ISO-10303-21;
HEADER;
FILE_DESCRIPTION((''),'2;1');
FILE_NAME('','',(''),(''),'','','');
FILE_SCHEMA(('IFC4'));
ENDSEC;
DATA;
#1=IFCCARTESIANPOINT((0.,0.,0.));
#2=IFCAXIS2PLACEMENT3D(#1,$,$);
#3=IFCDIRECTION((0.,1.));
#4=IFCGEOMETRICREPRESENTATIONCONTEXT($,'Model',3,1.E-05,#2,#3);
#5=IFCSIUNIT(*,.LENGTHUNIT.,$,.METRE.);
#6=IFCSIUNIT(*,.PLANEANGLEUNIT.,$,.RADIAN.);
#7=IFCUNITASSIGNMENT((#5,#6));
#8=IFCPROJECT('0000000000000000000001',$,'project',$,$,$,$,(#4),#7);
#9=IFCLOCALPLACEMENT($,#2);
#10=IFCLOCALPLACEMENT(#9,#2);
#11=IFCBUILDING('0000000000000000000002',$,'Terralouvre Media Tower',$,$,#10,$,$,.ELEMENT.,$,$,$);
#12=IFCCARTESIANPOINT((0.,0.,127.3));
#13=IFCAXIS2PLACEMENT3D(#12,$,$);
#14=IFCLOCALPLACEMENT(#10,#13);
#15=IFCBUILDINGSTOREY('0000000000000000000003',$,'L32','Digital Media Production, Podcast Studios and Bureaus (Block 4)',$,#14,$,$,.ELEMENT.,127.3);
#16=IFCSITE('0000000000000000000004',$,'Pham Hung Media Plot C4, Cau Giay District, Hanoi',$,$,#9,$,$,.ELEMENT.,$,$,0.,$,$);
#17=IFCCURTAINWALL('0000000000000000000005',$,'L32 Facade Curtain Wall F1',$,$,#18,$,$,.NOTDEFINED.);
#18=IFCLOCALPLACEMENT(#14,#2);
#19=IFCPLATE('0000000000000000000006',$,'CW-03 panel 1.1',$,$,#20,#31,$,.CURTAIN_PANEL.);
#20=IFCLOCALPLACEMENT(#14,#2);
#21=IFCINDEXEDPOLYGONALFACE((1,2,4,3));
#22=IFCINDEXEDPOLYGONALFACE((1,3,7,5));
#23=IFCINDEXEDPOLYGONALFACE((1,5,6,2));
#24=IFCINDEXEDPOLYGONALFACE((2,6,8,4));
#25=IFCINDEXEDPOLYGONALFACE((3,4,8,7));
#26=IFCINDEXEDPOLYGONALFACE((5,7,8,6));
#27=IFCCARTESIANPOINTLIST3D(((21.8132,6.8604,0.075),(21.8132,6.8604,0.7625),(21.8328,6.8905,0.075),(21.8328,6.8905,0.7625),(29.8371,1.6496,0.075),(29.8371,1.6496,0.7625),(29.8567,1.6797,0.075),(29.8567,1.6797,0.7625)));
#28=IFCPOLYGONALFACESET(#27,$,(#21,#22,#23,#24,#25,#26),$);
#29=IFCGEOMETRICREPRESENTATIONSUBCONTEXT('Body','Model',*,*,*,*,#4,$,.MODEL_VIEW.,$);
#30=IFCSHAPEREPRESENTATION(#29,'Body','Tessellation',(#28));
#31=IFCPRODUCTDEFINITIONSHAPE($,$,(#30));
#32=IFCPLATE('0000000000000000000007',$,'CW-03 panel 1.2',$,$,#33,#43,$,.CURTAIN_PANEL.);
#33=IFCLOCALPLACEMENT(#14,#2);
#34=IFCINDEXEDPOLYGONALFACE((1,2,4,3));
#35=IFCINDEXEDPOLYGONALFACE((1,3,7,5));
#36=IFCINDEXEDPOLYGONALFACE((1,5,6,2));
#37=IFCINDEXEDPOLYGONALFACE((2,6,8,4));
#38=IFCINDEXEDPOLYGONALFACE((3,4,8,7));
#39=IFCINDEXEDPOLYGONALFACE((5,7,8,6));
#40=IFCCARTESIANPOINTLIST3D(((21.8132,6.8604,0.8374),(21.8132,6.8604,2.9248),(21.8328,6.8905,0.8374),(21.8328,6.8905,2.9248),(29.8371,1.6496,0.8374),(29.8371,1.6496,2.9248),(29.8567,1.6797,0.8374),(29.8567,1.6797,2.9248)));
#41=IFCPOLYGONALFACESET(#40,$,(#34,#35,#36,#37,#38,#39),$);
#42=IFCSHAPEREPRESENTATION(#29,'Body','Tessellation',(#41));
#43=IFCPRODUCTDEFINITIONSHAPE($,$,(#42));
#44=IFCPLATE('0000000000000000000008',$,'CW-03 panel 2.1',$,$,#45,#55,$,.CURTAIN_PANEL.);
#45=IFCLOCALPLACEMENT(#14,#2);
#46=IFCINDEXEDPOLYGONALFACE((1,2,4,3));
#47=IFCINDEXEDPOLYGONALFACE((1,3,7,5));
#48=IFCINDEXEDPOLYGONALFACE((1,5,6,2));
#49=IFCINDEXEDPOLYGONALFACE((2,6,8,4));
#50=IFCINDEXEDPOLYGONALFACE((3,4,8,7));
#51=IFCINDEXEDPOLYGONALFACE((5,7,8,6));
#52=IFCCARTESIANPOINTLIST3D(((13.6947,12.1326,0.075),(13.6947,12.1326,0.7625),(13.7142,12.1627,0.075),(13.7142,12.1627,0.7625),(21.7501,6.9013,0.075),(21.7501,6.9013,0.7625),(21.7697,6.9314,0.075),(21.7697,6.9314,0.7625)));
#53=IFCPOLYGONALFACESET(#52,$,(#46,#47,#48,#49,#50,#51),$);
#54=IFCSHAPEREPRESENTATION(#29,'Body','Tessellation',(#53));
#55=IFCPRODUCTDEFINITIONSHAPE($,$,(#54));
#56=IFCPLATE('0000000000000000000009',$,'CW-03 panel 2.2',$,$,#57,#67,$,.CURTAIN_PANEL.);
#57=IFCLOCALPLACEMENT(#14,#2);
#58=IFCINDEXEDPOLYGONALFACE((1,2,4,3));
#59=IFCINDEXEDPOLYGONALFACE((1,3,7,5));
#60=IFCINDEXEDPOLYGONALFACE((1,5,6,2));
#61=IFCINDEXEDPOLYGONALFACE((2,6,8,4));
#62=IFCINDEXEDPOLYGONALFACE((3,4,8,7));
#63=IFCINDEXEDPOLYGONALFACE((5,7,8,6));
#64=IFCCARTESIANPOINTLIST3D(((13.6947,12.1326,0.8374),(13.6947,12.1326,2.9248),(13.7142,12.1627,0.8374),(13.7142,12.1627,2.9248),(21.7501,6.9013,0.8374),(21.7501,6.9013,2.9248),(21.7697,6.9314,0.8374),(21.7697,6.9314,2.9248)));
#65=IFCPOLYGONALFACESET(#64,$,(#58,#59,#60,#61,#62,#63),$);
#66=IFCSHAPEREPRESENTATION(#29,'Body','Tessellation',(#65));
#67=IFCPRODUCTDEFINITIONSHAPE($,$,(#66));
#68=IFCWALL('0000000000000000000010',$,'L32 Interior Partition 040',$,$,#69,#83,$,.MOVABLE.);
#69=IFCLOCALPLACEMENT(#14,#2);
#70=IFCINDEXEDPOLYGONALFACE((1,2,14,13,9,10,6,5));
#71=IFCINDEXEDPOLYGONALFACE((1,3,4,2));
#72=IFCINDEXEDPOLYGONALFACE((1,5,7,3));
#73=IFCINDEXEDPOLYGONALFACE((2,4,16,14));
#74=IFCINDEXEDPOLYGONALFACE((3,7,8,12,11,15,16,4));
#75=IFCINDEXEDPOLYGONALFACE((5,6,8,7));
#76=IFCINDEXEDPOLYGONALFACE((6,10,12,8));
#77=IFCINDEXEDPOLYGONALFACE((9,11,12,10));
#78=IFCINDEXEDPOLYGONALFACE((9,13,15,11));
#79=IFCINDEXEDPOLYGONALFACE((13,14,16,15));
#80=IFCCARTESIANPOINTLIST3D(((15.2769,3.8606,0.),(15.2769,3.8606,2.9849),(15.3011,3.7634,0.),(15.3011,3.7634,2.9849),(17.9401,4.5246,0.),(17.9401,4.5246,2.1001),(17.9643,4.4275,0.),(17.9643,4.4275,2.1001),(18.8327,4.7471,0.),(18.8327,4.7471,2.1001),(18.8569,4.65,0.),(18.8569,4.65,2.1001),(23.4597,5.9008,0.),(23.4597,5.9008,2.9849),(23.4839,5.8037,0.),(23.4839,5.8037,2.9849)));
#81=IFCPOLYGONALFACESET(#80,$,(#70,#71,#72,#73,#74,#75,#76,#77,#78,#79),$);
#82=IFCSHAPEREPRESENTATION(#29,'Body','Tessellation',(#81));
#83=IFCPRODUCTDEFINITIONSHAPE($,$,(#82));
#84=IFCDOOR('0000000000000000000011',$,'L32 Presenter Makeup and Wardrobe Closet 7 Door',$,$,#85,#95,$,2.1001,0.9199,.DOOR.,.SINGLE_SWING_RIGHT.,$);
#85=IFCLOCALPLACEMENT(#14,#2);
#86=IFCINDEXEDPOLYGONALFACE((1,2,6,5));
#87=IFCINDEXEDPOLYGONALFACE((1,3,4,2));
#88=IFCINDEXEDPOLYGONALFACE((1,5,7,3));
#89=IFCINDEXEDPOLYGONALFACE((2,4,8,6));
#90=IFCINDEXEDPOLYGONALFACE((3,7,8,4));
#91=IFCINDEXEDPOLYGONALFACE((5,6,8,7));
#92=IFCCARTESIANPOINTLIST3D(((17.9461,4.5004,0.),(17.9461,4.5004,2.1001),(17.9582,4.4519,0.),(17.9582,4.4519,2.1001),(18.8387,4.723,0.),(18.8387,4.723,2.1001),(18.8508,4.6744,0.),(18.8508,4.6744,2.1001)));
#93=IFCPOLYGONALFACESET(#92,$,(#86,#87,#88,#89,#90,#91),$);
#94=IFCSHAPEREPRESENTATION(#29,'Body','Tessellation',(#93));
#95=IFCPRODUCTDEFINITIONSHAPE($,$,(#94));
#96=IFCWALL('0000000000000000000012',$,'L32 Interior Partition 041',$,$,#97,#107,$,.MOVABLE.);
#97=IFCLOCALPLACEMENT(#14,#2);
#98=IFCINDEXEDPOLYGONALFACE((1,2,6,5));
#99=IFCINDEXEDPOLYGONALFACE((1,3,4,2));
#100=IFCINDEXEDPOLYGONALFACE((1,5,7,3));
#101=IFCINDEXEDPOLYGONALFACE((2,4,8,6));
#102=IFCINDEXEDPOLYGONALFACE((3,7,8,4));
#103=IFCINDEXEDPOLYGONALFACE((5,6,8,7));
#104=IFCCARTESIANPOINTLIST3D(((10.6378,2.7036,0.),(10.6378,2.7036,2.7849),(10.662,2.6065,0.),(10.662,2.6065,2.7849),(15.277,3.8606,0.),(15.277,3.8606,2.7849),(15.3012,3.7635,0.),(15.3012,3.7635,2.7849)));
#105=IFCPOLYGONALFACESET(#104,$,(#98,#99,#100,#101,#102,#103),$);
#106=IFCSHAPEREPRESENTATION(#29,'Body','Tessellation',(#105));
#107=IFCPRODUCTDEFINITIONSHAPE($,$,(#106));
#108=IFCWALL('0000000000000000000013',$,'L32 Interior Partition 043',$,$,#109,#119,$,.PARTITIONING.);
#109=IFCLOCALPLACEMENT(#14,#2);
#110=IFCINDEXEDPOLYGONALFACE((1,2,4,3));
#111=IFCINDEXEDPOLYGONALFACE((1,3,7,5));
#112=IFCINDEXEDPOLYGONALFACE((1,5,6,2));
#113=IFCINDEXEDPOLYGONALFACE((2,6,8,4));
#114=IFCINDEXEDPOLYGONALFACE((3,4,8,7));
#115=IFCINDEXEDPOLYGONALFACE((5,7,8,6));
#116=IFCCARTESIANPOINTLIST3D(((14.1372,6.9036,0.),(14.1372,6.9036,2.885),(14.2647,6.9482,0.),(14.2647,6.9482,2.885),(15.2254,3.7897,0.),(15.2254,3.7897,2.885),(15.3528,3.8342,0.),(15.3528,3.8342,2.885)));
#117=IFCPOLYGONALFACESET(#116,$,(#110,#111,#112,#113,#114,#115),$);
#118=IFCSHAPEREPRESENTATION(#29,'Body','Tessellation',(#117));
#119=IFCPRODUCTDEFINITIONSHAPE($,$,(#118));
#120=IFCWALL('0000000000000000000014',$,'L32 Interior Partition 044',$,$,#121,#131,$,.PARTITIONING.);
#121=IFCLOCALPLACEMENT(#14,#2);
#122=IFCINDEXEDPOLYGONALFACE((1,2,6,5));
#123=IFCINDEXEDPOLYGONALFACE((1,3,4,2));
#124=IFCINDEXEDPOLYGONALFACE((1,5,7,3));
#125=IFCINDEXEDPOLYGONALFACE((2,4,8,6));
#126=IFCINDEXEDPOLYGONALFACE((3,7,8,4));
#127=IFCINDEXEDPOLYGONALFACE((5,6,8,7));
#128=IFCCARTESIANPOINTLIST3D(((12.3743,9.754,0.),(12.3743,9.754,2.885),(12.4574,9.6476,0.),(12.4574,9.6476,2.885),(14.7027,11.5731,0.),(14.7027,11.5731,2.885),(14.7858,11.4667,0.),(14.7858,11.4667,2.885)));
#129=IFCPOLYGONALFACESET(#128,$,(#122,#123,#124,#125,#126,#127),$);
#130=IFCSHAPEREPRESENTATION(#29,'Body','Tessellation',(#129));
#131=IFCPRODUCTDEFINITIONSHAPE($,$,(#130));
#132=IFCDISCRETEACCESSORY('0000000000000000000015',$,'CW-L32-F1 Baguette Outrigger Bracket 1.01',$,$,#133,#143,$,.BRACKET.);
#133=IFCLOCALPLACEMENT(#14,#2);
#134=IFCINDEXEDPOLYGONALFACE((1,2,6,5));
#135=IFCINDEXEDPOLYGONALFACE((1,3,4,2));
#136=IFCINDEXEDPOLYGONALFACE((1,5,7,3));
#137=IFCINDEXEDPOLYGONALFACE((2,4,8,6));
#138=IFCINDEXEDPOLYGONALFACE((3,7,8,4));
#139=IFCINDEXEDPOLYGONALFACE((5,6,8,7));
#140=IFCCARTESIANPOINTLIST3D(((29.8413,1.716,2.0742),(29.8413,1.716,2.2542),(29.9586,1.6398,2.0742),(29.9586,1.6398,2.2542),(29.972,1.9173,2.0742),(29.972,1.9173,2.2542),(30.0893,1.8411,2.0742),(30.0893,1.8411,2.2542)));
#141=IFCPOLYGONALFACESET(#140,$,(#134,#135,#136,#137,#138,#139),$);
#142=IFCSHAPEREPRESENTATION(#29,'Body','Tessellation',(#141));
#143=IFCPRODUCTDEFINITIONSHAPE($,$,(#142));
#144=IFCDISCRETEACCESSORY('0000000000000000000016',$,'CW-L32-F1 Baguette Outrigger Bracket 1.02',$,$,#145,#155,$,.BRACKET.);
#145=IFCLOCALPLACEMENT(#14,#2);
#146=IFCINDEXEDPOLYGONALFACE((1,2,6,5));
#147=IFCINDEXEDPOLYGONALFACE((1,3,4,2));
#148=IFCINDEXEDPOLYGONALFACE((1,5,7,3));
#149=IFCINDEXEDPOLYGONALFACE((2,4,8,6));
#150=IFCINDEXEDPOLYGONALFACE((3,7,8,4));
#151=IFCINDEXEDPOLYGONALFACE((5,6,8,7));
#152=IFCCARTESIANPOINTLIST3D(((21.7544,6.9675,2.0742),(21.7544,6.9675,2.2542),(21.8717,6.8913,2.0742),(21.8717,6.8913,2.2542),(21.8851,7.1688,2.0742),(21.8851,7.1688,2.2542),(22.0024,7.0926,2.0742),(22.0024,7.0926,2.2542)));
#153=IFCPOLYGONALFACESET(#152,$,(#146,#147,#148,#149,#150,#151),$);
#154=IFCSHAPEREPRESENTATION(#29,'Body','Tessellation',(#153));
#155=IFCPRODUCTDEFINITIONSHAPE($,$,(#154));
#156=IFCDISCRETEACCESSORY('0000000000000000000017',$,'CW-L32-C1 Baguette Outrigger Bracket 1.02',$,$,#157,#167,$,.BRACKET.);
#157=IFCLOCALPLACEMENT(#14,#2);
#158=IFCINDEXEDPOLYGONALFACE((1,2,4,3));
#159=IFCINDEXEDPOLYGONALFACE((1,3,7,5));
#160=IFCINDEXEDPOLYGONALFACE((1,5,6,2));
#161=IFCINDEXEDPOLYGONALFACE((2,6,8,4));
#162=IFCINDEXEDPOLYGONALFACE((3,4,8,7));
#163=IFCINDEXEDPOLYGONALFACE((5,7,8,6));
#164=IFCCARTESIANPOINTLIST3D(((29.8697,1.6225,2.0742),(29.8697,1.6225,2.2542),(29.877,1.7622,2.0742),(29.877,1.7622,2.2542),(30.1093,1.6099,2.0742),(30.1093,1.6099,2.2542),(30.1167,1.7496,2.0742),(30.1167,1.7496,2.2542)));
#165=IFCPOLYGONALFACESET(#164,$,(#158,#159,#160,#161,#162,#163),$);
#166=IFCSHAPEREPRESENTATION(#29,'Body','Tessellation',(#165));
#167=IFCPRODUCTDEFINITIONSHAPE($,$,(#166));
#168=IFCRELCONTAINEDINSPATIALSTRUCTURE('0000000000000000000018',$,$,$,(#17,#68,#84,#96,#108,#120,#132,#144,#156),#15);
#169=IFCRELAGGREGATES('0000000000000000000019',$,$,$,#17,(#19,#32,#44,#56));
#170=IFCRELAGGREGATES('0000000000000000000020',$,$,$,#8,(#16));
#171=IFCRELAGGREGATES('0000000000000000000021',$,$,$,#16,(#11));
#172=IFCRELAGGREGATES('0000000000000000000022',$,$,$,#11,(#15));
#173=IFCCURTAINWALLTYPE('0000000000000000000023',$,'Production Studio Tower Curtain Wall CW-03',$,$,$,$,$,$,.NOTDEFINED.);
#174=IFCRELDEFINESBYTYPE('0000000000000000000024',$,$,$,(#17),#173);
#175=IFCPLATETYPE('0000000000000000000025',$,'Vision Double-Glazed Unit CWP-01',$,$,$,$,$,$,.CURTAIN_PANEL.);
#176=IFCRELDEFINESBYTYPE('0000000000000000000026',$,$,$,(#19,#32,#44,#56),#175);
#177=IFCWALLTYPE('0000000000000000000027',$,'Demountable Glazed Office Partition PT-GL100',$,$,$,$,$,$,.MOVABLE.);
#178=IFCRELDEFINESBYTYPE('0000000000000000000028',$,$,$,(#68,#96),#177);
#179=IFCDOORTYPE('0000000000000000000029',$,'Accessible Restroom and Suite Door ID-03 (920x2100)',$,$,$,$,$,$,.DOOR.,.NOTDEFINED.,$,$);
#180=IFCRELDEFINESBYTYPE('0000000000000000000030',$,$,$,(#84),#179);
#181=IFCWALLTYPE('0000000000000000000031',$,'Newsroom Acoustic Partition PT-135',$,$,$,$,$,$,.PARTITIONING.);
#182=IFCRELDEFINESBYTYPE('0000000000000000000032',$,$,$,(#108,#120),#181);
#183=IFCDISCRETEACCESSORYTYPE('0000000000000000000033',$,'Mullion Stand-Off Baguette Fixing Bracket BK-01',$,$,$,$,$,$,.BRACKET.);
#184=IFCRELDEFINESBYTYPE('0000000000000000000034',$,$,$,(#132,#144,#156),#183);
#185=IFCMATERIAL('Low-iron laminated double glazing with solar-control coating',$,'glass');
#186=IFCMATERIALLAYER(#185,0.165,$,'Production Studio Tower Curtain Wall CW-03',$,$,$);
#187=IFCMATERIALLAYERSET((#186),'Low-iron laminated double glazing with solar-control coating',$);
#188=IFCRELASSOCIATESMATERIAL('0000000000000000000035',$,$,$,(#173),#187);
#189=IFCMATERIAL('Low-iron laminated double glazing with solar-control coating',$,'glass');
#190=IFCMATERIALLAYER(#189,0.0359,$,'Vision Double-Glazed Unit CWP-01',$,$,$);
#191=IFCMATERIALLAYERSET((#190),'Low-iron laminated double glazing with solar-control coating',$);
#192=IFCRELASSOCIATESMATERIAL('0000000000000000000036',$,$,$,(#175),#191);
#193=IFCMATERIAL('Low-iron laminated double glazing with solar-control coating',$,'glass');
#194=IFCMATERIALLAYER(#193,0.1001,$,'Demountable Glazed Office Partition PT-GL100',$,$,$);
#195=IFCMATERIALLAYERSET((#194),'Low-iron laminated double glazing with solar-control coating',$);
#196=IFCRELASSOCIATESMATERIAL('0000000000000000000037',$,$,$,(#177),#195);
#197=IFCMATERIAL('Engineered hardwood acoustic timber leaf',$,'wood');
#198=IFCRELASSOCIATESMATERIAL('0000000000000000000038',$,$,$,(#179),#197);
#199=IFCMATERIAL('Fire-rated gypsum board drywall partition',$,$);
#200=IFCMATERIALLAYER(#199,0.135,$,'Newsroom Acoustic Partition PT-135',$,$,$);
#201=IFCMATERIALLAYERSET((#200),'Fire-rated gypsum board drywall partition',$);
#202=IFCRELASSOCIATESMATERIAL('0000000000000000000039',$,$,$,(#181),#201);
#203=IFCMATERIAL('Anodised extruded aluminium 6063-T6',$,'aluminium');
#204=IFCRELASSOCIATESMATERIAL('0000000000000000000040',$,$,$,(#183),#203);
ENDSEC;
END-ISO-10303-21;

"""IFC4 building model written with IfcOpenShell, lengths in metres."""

from ifc_helpers import new_model, si_unit, direction, frame, frame_2d, origin, origin_2d, place, context, subcontext, project, spatial, rectangle, extrude, material, layer, layer_set, type_object, element, fill, aggregate, save


model = new_model("IFC4")

# Units and contexts
model_context = context("Model", 3, precision=1e-05, world=origin(), true_north=direction((0.0, 1.0)))
body_context = subcontext(model_context, "Body", "Model", "MODEL_VIEW")
ifc_project = project(units=[si_unit("LENGTHUNIT", "METRE"), si_unit("PLANEANGLEUNIT", "RADIAN")], contexts=[model_context])

# Site, building, storey
site_placement = place(None, origin())
site = spatial("IfcSite", under=ifc_project, at=site_placement, Name="Pham Hung Media Plot C4, Cau Giay District, Hanoi", CompositionType="ELEMENT", RefElevation=0.0)
building_placement = place(site_placement, origin())
building = spatial("IfcBuilding", under=site, at=building_placement, Name="Terralouvre Media Tower", CompositionType="ELEMENT")
storey_placement = place(building_placement, frame((0.0, 0.0, 127.3)))
storey = spatial("IfcBuildingStorey", under=building, at=storey_placement, Name="L32", Description="Digital Media Production, Podcast Studios and Bureaus (Block 4)", CompositionType="ELEMENT", Elevation=127.3)

# Curtain wall
ifc_material_1 = material(Name="Low-iron laminated double glazing with solar-control coating", Category="glass")
ifc_layer_1 = layer(ifc_material_1, 0.165, Name="Production Studio Tower Curtain Wall CW-03")
ifc_layer_set_1 = layer_set([ifc_layer_1], Name="Low-iron laminated double glazing with solar-control coating")
curtain_wall_type_1 = type_object("IfcCurtainWallType", Name="Production Studio Tower Curtain Wall CW-03", PredefinedType="NOTDEFINED", material=ifc_layer_set_1)
curtain_wall_1_placement = place(storey_placement, origin())
curtain_wall_1 = element("IfcCurtainWall", 1, at=curtain_wall_1_placement, inside=storey, type_object=curtain_wall_type_1, Name="L32 Facade Curtain Wall F1", PredefinedType="NOTDEFINED")

# Plates
ifc_material_2 = material(Name="Low-iron laminated double glazing with solar-control coating", Category="glass")
ifc_layer_2 = layer(ifc_material_2, 0.0359, Name="Vision Double-Glazed Unit CWP-01")
ifc_layer_set_2 = layer_set([ifc_layer_2], Name="Low-iron laminated double glazing with solar-control coating")
plate_type = type_object("IfcPlateType", Name="Vision Double-Glazed Unit CWP-01", PredefinedType="CURTAIN_PANEL", material=ifc_layer_set_2)
plate_1_placement = place(storey_placement, frame((25.835, 4.27, 0.075), z_axis=(0.0, 0.0, 1.0), x_axis=(-0.838671, 0.544639, 0.0)))
plate_1 = element("IfcPlate", 2, at=plate_1_placement, type_object=plate_type, Name="CW-03 panel 1.1", PredefinedType="CURTAIN_PANEL", context=body_context, shape_type="SweptSolid", body=[
    extrude(rectangle(XDim=9.5674, YDim=0.0359, at=origin_2d()), origin(), (0.0, 0.0, 1.0), 0.6875),
])
plate_2_placement = place(storey_placement, frame((25.835, 4.27, 0.8374), z_axis=(0.0, 0.0, 1.0), x_axis=(-0.838671, 0.544639, 0.0)))
plate_2 = element("IfcPlate", 3, at=plate_2_placement, type_object=plate_type, Name="CW-03 panel 1.2", PredefinedType="CURTAIN_PANEL", context=body_context, shape_type="SweptSolid", body=[
    extrude(rectangle(XDim=9.5674, YDim=0.0359, at=origin_2d()), origin(), (0.0, 0.0, 1.0), 2.0874),
])
plate_3_placement = place(storey_placement, frame((17.7322, 9.532, 0.075), z_axis=(0.0, 0.0, 1.0), x_axis=(-0.838671, 0.544639, 0.0)))
plate_3 = element("IfcPlate", 4, at=plate_3_placement, type_object=plate_type, Name="CW-03 panel 2.1", PredefinedType="CURTAIN_PANEL", context=body_context, shape_type="SweptSolid", body=[
    extrude(rectangle(XDim=9.605, YDim=0.0359, at=origin_2d()), origin(), (0.0, 0.0, 1.0), 0.6875),
])
plate_4_placement = place(storey_placement, frame((17.7322, 9.532, 0.8374), z_axis=(0.0, 0.0, 1.0), x_axis=(-0.838671, 0.544639, 0.0)))
plate_4 = element("IfcPlate", 5, at=plate_4_placement, type_object=plate_type, Name="CW-03 panel 2.2", PredefinedType="CURTAIN_PANEL", context=body_context, shape_type="SweptSolid", body=[
    extrude(rectangle(XDim=9.605, YDim=0.0359, at=origin_2d()), origin(), (0.0, 0.0, 1.0), 2.0874),
])
aggregate(curtain_wall_1, [plate_1, plate_2, plate_3, plate_4])

# Wall, opening, door
ifc_material_3 = material(Name="Low-iron laminated double glazing with solar-control coating", Category="glass")
ifc_layer_3 = layer(ifc_material_3, 0.1001, Name="Demountable Glazed Office Partition PT-GL100")
ifc_layer_set_3 = layer_set([ifc_layer_3], Name="Low-iron laminated double glazing with solar-control coating")
wall_type_1 = type_object("IfcWallType", Name="Demountable Glazed Office Partition PT-GL100", PredefinedType="MOVABLE", material=ifc_layer_set_3)
wall_1_placement = place(storey_placement, frame((23.4719, 5.8523, 0.0), z_axis=(0.0, 0.0, 1.0), x_axis=(-0.970294, -0.241929, 0.0)))
wall_1 = element("IfcWall", 6, at=wall_1_placement, inside=storey, type_object=wall_type_1, Name="L32 Interior Partition 040", PredefinedType="MOVABLE", context=body_context, shape_type="SweptSolid", body=[
    extrude(rectangle(XDim=8.4333, YDim=0.1001, at=frame_2d((4.2168, 0.0))), origin(), (0.0, 0.0, 1.0), 2.9849),
])
opening_placement = place(wall_1_placement, frame((4.7688, 0.0, 0.0)))
opening = element("IfcOpeningElement", 7, at=opening_placement, cuts=wall_1, PredefinedType="OPENING", context=body_context, shape_type="SweptSolid", body=[
    extrude(rectangle(XDim=0.9199, YDim=2.1001, at=frame_2d((0.46, 1.05))), frame((0.0, 0.0601, 0.0), z_axis=(0.0, -1.0, 0.0), x_axis=(1.0, 0.0, 0.0)), (0.0, 0.0, 1.0), 0.1201),
])
ifc_material_4 = material(Name="Engineered hardwood acoustic timber leaf", Category="wood")
door_type = type_object("IfcDoorType", Name="Accessible Restroom and Suite Door ID-03 (920x2100)", OperationType="NOTDEFINED", PredefinedType="DOOR", material=ifc_material_4)
door_placement = place(opening_placement, origin())
door = element("IfcDoor", 8, at=door_placement, inside=storey, type_object=door_type, Name="L32 Presenter Makeup and Wardrobe Closet 7 Door", OperationType="SINGLE_SWING_RIGHT", OverallHeight=2.1001, OverallWidth=0.9199, PredefinedType="DOOR", context=body_context, shape_type="SweptSolid", body=[
    extrude(rectangle(XDim=0.9199, YDim=2.1001, at=frame_2d((0.46, 1.05))), frame((0.0, 0.0249, 0.0), z_axis=(0.0, -1.0, 0.0), x_axis=(1.0, 0.0, 0.0)), (0.0, 0.0, 1.0), 0.05),
])
fill(opening, door)

# Walls
wall_2_placement = place(storey_placement, frame((15.2891, 3.812, 0.0), z_axis=(0.0, 0.0, 1.0), x_axis=(-0.970281, -0.241983, 0.0)))
element("IfcWall", 9, at=wall_2_placement, inside=storey, type_object=wall_type_1, Name="L32 Interior Partition 041", PredefinedType="MOVABLE", context=body_context, shape_type="SweptSolid", body=[
    extrude(rectangle(XDim=4.7812, YDim=0.1001, at=frame_2d((2.3906, 0.0))), origin(), (0.0, 0.0, 1.0), 2.7849),
])
ifc_material_5 = material(Name="Fire-rated gypsum board drywall partition")
ifc_layer_4 = layer(ifc_material_5, 0.135, Name="Newsroom Acoustic Partition PT-135")
ifc_layer_set_4 = layer_set([ifc_layer_4], Name="Fire-rated gypsum board drywall partition")
wall_type_2 = type_object("IfcWallType", Name="Newsroom Acoustic Partition PT-135", PredefinedType="PARTITIONING", material=ifc_layer_set_4)
wall_3_placement = place(storey_placement, frame((14.2009, 6.926, 0.0), z_axis=(0.0, 0.0, 1.0), x_axis=(0.329872, -0.944026, 0.0)))
element("IfcWall", 10, at=wall_3_placement, inside=storey, type_object=wall_type_2, Name="L32 Interior Partition 043", PredefinedType="PARTITIONING", context=body_context, shape_type="SweptSolid", body=[
    extrude(rectangle(XDim=3.2986, YDim=0.135, at=frame_2d((1.6494, 0.0))), origin(), (0.0, 0.0, 1.0), 2.885),
])
wall_4_placement = place(storey_placement, frame((14.7444, 11.52, 0.0), z_axis=(0.0, 0.0, 1.0), x_axis=(-0.788016, -0.615655, 0.0)))
element("IfcWall", 11, at=wall_4_placement, inside=storey, type_object=wall_type_2, Name="L32 Interior Partition 044", PredefinedType="PARTITIONING", context=body_context, shape_type="SweptSolid", body=[
    extrude(rectangle(XDim=2.9548, YDim=0.135, at=frame_2d((1.4775, 0.0))), origin(), (0.0, 0.0, 1.0), 2.885),
])

# Discrete accessories
ifc_material_6 = material(Name="Anodised extruded aluminium 6063-T6", Category="aluminium")
discrete_accessory_type = type_object("IfcDiscreteAccessoryType", Name="Mullion Stand-Off Baguette Fixing Bracket BK-01", PredefinedType="BRACKET", material=ifc_material_6)
for number, where, z_axis, x_axis, name in (
    (12, (29.9653, 1.7786, 2.0742), (0.0, 0.0, 1.0), (-0.838671, 0.544639, 0.0), "CW-L32-F1 Baguette Outrigger Bracket 1.01"),
    (13, (21.8784, 7.03, 2.0742), (0.0, 0.0, 1.0), (-0.838671, 0.544639, 0.0), "CW-L32-F1 Baguette Outrigger Bracket 1.02"),
    (14, (29.9932, 1.686, 2.0742), (0.0, 0.0, 1.0), (0.052337, 0.998629, 0.0), "CW-L32-C1 Baguette Outrigger Bracket 1.02"),
):
    element("IfcDiscreteAccessory", number, at=place(storey_placement, frame(where, z_axis=z_axis, x_axis=x_axis)), inside=storey, type_object=discrete_accessory_type, Name=name, PredefinedType="BRACKET", context=body_context, shape_type="SweptSolid", body=[
        extrude(rectangle(XDim=0.1399, YDim=0.24, at=origin_2d()), origin(), (0.0, 0.0, 1.0), 0.1799),
    ])

save(model, "model.ifc")
